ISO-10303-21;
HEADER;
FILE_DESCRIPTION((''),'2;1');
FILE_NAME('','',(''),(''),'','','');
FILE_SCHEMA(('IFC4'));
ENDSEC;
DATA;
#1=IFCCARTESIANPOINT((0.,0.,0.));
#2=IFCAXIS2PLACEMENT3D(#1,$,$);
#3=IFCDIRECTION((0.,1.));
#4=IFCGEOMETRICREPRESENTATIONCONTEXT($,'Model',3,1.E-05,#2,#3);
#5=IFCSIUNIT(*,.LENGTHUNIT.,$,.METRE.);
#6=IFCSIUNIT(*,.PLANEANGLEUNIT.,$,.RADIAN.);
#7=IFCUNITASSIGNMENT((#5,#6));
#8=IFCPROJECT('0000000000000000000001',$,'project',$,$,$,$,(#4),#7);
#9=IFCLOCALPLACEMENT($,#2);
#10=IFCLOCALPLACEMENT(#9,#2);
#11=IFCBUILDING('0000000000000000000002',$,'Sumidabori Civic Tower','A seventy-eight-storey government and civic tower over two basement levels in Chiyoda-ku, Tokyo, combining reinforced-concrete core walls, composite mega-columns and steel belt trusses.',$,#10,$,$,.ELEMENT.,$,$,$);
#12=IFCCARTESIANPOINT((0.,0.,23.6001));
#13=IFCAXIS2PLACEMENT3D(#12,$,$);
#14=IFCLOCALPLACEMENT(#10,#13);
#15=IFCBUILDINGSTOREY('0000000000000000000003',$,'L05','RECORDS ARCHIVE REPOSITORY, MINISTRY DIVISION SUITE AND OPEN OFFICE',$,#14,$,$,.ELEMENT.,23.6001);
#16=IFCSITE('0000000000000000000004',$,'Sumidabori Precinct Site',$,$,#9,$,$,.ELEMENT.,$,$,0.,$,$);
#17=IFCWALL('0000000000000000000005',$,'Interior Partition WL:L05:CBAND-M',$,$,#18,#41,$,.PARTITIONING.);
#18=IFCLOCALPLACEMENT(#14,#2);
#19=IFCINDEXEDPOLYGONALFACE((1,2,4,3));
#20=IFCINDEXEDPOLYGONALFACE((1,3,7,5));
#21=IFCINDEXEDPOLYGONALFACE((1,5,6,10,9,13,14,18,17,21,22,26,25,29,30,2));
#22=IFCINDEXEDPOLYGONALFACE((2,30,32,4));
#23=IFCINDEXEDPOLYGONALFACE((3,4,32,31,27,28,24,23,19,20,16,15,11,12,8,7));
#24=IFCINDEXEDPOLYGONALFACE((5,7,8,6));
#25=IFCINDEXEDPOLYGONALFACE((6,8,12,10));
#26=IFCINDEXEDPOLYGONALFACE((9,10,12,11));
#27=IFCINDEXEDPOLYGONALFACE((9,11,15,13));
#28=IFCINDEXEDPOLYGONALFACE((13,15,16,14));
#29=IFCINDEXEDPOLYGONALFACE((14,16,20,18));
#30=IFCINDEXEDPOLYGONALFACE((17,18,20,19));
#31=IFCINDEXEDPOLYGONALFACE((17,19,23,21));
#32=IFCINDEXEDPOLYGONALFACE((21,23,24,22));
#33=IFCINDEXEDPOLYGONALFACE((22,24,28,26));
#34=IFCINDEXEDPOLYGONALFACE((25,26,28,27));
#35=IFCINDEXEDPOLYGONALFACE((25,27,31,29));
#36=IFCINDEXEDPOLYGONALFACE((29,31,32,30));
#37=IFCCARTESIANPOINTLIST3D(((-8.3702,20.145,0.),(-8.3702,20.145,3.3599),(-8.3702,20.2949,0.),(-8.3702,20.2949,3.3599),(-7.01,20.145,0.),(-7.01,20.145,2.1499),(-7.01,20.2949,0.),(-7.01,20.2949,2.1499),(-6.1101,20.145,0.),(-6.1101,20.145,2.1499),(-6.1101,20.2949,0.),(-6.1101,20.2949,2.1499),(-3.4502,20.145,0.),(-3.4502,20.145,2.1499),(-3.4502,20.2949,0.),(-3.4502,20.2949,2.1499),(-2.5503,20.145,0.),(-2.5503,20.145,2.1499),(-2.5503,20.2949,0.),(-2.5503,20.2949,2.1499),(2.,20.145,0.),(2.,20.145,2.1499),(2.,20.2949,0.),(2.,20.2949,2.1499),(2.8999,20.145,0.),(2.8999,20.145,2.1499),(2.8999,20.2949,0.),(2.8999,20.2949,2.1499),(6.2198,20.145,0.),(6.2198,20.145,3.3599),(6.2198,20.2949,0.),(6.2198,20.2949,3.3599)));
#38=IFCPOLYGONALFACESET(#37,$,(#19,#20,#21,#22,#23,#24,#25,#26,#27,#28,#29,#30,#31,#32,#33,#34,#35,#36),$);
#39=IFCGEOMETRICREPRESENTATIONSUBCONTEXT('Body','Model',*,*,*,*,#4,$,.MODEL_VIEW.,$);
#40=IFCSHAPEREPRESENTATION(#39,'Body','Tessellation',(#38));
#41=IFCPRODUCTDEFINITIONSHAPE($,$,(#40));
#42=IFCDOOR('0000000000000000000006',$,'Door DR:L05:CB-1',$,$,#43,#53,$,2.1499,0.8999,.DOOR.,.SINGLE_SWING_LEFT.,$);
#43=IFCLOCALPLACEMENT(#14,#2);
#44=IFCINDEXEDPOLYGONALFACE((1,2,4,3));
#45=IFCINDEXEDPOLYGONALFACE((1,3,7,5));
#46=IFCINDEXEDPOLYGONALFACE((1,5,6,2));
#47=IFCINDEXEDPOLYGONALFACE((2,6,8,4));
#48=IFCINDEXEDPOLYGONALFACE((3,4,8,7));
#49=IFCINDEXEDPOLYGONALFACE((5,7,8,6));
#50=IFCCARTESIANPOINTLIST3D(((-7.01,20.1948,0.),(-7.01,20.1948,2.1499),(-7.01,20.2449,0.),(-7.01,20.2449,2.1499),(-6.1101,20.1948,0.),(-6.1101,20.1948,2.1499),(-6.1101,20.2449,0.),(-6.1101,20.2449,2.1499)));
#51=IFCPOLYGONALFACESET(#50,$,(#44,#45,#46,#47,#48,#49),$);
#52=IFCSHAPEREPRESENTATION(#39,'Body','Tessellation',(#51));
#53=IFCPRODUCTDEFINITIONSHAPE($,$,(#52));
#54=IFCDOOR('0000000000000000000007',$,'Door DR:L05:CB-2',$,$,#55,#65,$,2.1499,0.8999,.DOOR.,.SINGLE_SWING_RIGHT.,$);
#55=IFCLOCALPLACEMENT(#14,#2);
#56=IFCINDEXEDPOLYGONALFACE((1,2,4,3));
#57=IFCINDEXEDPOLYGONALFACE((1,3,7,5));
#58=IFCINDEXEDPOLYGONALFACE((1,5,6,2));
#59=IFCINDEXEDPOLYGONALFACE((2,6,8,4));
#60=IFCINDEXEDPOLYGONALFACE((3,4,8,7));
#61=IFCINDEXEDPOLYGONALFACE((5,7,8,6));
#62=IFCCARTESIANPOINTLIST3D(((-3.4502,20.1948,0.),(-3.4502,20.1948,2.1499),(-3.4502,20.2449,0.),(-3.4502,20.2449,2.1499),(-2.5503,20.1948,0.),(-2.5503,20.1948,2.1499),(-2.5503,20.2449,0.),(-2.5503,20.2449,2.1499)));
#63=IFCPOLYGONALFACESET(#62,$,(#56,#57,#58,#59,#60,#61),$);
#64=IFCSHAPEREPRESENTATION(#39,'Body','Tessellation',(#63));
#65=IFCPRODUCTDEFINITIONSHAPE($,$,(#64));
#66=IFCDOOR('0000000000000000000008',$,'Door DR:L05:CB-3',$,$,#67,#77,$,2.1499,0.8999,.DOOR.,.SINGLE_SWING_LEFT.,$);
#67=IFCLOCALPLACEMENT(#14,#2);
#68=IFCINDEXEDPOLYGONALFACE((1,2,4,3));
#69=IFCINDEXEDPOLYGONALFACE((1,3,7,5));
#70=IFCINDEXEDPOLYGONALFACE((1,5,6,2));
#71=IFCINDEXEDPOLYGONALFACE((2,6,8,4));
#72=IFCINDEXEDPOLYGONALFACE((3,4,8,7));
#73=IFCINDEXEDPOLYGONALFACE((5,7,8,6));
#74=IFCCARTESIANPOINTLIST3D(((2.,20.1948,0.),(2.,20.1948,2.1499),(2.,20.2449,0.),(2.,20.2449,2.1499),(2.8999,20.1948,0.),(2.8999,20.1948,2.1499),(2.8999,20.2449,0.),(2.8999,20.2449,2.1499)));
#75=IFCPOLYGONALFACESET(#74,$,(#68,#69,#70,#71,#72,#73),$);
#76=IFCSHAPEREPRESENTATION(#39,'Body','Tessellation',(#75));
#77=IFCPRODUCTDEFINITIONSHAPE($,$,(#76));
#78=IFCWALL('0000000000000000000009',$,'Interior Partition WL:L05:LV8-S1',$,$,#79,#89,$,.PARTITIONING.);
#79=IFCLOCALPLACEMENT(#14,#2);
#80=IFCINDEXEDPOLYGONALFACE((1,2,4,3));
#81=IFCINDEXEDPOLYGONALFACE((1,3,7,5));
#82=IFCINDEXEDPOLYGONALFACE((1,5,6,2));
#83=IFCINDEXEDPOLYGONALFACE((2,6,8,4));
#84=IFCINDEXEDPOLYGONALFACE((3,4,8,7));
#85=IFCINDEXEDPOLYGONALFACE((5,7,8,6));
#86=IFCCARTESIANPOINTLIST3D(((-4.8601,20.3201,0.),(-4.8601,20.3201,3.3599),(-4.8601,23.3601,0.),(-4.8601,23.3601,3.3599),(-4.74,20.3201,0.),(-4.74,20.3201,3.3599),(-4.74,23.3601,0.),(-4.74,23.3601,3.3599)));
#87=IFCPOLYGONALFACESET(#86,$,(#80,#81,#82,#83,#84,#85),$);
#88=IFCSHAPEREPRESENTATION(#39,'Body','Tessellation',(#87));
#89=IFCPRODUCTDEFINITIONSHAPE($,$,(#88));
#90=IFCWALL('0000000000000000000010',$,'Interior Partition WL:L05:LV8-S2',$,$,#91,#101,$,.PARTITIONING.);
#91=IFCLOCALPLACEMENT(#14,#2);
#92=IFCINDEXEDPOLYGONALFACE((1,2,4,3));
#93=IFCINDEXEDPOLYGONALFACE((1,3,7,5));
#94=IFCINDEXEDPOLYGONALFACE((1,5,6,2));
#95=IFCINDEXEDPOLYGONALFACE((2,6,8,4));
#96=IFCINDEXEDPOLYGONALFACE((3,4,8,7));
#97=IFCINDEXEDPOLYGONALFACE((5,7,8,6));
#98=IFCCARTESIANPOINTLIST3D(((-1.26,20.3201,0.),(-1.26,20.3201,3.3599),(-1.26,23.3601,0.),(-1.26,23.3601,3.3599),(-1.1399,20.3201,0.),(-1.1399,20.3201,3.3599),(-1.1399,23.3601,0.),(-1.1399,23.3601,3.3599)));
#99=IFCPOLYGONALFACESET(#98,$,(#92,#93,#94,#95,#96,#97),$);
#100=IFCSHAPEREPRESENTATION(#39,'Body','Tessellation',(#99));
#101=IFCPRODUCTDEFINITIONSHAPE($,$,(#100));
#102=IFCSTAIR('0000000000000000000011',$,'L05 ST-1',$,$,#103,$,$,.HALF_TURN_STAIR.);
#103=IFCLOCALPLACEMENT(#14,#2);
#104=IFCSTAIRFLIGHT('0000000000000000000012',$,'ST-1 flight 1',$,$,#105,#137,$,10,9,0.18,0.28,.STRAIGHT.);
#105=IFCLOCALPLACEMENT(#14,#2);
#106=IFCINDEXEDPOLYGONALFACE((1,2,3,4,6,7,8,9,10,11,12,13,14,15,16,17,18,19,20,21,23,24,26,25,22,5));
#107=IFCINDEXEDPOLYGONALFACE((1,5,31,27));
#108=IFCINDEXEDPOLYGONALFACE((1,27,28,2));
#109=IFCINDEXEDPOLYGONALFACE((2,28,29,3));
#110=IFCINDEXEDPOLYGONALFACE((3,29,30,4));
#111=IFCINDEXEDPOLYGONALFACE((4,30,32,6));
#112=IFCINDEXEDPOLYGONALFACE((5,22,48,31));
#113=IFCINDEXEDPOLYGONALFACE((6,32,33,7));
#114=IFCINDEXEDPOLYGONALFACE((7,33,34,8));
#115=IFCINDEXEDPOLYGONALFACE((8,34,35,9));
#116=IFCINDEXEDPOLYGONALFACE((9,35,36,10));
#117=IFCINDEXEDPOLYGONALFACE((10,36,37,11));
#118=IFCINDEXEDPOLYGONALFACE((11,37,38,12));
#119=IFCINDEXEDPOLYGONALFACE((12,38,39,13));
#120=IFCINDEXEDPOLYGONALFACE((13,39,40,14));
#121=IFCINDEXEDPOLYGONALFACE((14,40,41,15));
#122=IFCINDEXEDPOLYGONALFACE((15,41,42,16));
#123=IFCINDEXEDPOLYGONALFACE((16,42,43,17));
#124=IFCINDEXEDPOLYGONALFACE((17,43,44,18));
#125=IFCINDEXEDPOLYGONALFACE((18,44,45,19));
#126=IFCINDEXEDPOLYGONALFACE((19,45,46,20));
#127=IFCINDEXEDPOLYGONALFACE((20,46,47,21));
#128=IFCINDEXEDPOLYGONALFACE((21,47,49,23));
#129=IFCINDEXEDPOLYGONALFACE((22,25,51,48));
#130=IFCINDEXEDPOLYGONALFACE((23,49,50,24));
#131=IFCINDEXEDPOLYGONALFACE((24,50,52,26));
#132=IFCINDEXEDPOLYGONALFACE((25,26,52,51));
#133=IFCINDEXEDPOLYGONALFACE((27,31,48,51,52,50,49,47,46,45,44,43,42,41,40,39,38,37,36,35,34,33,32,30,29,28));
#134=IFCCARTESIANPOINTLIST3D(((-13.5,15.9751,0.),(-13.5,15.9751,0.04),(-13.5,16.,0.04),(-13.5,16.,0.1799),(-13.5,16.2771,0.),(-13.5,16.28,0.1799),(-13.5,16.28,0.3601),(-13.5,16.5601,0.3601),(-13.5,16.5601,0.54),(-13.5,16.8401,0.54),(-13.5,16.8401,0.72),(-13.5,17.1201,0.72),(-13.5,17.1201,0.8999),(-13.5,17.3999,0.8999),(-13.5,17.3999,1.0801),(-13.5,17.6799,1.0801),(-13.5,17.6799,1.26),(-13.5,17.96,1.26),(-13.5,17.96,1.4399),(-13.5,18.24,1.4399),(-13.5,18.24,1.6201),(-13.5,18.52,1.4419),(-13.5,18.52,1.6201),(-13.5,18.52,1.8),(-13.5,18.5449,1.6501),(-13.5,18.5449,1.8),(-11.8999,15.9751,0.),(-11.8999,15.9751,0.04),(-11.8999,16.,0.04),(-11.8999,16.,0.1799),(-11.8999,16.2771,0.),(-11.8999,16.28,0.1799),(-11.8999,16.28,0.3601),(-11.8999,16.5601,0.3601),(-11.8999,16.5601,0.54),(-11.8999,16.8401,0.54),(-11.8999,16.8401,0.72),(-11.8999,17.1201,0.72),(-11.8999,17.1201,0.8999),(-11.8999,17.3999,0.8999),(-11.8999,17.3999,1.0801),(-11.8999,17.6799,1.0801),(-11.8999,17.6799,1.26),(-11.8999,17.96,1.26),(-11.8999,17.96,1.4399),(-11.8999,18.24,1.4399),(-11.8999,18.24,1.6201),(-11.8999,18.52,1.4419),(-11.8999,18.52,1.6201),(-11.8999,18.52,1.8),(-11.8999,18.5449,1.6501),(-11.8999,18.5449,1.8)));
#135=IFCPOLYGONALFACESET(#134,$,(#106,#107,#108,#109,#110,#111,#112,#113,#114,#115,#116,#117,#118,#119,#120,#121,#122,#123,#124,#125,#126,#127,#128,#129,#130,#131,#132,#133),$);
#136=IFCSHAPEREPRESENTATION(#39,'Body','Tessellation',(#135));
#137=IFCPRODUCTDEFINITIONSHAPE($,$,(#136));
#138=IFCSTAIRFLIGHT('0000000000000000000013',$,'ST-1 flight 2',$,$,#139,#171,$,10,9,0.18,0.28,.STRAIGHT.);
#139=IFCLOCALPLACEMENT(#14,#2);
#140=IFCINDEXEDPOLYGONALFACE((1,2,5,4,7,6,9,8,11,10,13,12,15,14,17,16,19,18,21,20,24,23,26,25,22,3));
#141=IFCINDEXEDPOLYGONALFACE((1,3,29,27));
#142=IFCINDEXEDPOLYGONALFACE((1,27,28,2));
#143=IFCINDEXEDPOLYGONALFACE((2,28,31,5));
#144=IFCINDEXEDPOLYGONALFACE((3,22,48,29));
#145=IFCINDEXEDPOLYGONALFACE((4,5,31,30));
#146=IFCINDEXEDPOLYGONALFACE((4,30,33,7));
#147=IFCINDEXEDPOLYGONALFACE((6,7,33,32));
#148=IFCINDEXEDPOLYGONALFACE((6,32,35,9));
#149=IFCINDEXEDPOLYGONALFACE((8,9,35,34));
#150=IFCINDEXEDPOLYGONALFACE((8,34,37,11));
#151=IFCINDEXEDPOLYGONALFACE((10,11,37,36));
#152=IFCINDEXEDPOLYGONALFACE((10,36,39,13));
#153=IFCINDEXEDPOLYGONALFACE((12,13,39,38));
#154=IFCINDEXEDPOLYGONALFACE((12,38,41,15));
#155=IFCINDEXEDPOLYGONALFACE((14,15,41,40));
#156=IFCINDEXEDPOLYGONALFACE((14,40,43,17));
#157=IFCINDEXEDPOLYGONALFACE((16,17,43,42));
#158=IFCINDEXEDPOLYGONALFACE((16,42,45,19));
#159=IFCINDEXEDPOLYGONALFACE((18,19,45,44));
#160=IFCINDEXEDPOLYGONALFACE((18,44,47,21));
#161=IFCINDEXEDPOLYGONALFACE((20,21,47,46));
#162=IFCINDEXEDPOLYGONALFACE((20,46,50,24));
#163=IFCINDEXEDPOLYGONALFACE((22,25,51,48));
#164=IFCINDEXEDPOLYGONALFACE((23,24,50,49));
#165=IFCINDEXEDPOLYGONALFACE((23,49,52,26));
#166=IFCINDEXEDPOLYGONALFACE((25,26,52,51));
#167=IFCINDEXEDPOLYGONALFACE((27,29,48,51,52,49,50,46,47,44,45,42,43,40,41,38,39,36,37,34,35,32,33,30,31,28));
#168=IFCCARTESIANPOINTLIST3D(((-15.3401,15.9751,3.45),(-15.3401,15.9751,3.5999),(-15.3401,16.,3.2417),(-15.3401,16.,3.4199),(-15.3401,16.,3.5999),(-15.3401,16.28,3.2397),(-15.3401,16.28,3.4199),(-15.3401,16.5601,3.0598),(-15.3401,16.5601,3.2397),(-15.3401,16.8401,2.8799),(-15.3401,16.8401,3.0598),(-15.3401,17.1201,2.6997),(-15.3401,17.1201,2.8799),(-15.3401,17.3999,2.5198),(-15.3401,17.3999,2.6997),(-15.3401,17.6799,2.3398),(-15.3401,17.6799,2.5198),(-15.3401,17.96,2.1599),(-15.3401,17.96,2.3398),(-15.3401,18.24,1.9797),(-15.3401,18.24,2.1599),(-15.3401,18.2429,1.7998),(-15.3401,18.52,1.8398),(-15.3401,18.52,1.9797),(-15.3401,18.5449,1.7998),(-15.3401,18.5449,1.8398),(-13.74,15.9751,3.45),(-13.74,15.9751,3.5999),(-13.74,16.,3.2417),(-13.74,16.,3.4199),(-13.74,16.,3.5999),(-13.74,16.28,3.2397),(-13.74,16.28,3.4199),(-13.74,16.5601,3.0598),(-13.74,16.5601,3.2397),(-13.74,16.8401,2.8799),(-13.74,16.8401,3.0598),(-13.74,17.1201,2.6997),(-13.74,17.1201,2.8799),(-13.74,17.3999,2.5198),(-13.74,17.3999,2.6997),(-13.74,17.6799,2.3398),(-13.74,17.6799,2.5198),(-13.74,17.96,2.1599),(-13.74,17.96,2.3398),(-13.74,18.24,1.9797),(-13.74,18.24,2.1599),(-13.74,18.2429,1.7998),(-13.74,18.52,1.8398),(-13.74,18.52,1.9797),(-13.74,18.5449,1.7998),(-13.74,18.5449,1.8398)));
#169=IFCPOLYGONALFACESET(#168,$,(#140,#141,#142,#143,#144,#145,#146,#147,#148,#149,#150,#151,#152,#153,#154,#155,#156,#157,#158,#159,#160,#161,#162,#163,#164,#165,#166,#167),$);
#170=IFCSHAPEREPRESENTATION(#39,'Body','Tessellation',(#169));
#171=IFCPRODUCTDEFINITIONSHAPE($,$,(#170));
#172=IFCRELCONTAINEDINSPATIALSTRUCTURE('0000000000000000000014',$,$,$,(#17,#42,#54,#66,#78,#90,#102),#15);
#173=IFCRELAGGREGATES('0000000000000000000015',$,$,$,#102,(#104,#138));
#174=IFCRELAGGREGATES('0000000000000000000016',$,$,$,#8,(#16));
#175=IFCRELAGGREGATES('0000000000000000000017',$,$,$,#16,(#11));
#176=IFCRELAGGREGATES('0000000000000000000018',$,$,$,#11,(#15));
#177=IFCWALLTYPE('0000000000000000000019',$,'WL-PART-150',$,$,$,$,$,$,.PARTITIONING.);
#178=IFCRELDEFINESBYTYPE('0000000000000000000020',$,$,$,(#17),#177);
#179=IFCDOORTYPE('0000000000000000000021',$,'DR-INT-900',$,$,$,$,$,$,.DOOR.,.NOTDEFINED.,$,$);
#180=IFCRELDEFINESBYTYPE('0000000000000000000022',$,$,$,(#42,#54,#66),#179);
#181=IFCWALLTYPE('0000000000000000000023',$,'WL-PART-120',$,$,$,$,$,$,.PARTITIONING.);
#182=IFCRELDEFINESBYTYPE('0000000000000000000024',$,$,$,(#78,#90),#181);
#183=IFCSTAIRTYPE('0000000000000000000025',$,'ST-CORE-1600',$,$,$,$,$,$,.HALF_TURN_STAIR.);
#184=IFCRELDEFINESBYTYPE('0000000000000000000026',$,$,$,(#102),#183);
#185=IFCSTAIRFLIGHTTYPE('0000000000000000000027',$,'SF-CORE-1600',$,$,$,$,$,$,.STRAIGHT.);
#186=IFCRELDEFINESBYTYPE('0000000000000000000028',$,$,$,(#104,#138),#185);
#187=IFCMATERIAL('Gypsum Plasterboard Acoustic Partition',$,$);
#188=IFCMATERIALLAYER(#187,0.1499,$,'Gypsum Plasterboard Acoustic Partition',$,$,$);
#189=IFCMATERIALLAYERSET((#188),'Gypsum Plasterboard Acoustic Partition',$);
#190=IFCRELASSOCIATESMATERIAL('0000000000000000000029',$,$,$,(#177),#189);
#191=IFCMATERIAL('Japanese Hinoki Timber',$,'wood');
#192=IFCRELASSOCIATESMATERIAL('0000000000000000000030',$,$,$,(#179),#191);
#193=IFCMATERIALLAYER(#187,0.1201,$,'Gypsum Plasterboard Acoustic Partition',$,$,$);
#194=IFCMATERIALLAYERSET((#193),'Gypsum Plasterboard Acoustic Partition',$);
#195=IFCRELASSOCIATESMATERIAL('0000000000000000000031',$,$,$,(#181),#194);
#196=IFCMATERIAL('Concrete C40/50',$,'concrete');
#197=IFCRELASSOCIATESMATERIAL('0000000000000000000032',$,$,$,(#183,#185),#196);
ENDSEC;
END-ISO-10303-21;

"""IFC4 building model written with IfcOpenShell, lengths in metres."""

from ifc_helpers import new_model, si_unit, direction, frame, frame_2d, origin, place, context, subcontext, project, spatial, polyline, rectangle, outline, extrude, source, transform, mapped, material, layer, layer_set, type_object, element, fill, aggregate, save


model = new_model("IFC4")

# Units and contexts
model_context = context("Model", 3, precision=1e-05, world=origin(), true_north=direction((0.0, 1.0)))
body_context = subcontext(model_context, "Body", "Model", "MODEL_VIEW")
ifc_project = project(units=[si_unit("LENGTHUNIT", "METRE"), si_unit("PLANEANGLEUNIT", "RADIAN")], contexts=[model_context])

# Site, building, storey
site_placement = place(None, origin())
site = spatial("IfcSite", under=ifc_project, at=site_placement, Name="Sumidabori Precinct Site", CompositionType="ELEMENT", RefElevation=0.0)
building_placement = place(site_placement, origin())
building = spatial("IfcBuilding", under=site, at=building_placement, Name="Sumidabori Civic Tower", Description="A seventy-eight-storey government and civic tower over two basement levels in Chiyoda-ku, Tokyo, combining reinforced-concrete core walls, composite mega-columns and steel belt trusses.", CompositionType="ELEMENT")
storey_placement = place(building_placement, frame((0.0, 0.0, 23.6001)))
storey = spatial("IfcBuildingStorey", under=building, at=storey_placement, Name="L05", Description="RECORDS ARCHIVE REPOSITORY, MINISTRY DIVISION SUITE AND OPEN OFFICE", CompositionType="ELEMENT", Elevation=23.6001)

# Wall, openings, doors
ifc_material_1 = material(Name="Gypsum Plasterboard Acoustic Partition")
ifc_layer_1 = layer(ifc_material_1, 0.1499, Name="Gypsum Plasterboard Acoustic Partition")
ifc_layer_set_1 = layer_set([ifc_layer_1], Name="Gypsum Plasterboard Acoustic Partition")
wall_type_1 = type_object("IfcWallType", Name="WL-PART-150", PredefinedType="PARTITIONING", material=ifc_layer_set_1)
shared_shape_1 = source(origin(), body_context, "Body", "SweptSolid", [
    extrude(rectangle(XDim=14.5901, YDim=0.1499, at=frame_2d((7.2949, 0.0))), origin(), (0.0, 0.0, 1.0), 3.3599),
])
wall_1_placement = place(storey_placement, frame((-8.3701, 20.22, 0.0), z_axis=(0.0, 0.0, 1.0), x_axis=(1.0, 0.0, 0.0)))
wall_1 = element("IfcWall", 1, at=wall_1_placement, inside=storey, type_object=wall_type_1, Name="Interior Partition WL:L05:CBAND-M", PredefinedType="PARTITIONING", context=body_context, shape_type="MappedRepresentation", body=[
    mapped(shared_shape_1, transform((0.0, 0.0, 0.0), x_axis=(1.0, 0.0, 0.0), y_axis=(0.0, 1.0, 0.0), z_axis=(0.0, 0.0, 1.0), scale=1.0)),
])
opening_1_placement = place(wall_1_placement, frame((1.3601, 0.0, 0.0)))
opening_1 = element("IfcOpeningElement", 2, at=opening_1_placement, cuts=wall_1, PredefinedType="OPENING", context=body_context, shape_type="SweptSolid", body=[
    extrude(rectangle(XDim=0.8999, YDim=2.1499, at=frame_2d((0.45, 1.075))), frame((0.0, 0.0869, 0.0), z_axis=(0.0, -1.0, 0.0), x_axis=(1.0, 0.0, 0.0)), (0.0, 0.0, 1.0), 0.1738),
])
opening_2_placement = place(wall_1_placement, frame((4.9199, 0.0, 0.0)))
opening_2 = element("IfcOpeningElement", 3, at=opening_2_placement, cuts=wall_1, PredefinedType="OPENING", context=body_context, shape_type="SweptSolid", body=[
    extrude(rectangle(XDim=0.8999, YDim=2.1499, at=frame_2d((0.45, 1.075))), frame((0.0, 0.0869, 0.0), z_axis=(0.0, -1.0, 0.0), x_axis=(1.0, 0.0, 0.0)), (0.0, 0.0, 1.0), 0.1738),
])
opening_3_placement = place(wall_1_placement, frame((10.3701, 0.0, 0.0)))
opening_3 = element("IfcOpeningElement", 4, at=opening_3_placement, cuts=wall_1, PredefinedType="OPENING", context=body_context, shape_type="SweptSolid", body=[
    extrude(rectangle(XDim=0.8999, YDim=2.1499, at=frame_2d((0.45, 1.075))), frame((0.0, 0.0869, 0.0), z_axis=(0.0, -1.0, 0.0), x_axis=(1.0, 0.0, 0.0)), (0.0, 0.0, 1.0), 0.1738),
])
ifc_material_2 = material(Name="Japanese Hinoki Timber", Category="wood")
door_type = type_object("IfcDoorType", Name="DR-INT-900", OperationType="NOTDEFINED", PredefinedType="DOOR", material=ifc_material_2)
shared_shape_2 = source(origin(), body_context, "Body", "SweptSolid", [
    extrude(rectangle(XDim=0.8999, YDim=2.1499, at=frame_2d((0.45, 1.075))), frame((0.0, 0.0249, 0.0), z_axis=(0.0, -1.0, 0.0), x_axis=(1.0, 0.0, 0.0)), (0.0, 0.0, 1.0), 0.05),
])
door_1_placement = place(opening_1_placement, origin())
door_1 = element("IfcDoor", 5, at=door_1_placement, inside=storey, type_object=door_type, Name="Door DR:L05:CB-1", OperationType="SINGLE_SWING_LEFT", OverallHeight=2.1499, OverallWidth=0.8999, PredefinedType="DOOR", context=body_context, shape_type="MappedRepresentation", body=[
    mapped(shared_shape_2, transform((0.0, 0.0, 0.0), x_axis=(1.0, 0.0, 0.0), y_axis=(0.0, 1.0, 0.0), z_axis=(0.0, 0.0, 1.0), scale=1.0)),
])
fill(opening_1, door_1)
door_2_placement = place(opening_2_placement, origin())
door_2 = element("IfcDoor", 6, at=door_2_placement, inside=storey, type_object=door_type, Name="Door DR:L05:CB-2", OperationType="SINGLE_SWING_RIGHT", OverallHeight=2.1499, OverallWidth=0.8999, PredefinedType="DOOR", context=body_context, shape_type="MappedRepresentation", body=[
    mapped(shared_shape_2, transform((0.0, 0.0, 0.0), x_axis=(1.0, 0.0, 0.0), y_axis=(0.0, 1.0, 0.0), z_axis=(0.0, 0.0, 1.0), scale=1.0)),
])
fill(opening_2, door_2)
door_3_placement = place(opening_3_placement, origin())
door_3 = element("IfcDoor", 7, at=door_3_placement, inside=storey, type_object=door_type, Name="Door DR:L05:CB-3", OperationType="SINGLE_SWING_LEFT", OverallHeight=2.1499, OverallWidth=0.8999, PredefinedType="DOOR", context=body_context, shape_type="MappedRepresentation", body=[
    mapped(shared_shape_2, transform((0.0, 0.0, 0.0), x_axis=(1.0, 0.0, 0.0), y_axis=(0.0, 1.0, 0.0), z_axis=(0.0, 0.0, 1.0), scale=1.0)),
])
fill(opening_3, door_3)

# Walls
ifc_layer_2 = layer(ifc_material_1, 0.1201, Name="Gypsum Plasterboard Acoustic Partition")
ifc_layer_set_2 = layer_set([ifc_layer_2], Name="Gypsum Plasterboard Acoustic Partition")
wall_type_2 = type_object("IfcWallType", Name="WL-PART-120", PredefinedType="PARTITIONING", material=ifc_layer_set_2)
shared_shape_3 = source(origin(), body_context, "Body", "SweptSolid", [
    extrude(rectangle(XDim=3.04, YDim=0.1201, at=frame_2d((1.52, 0.0))), origin(), (0.0, 0.0, 1.0), 3.3599),
])
for number, where, z_axis, x_axis, name in (
    (8, (-4.8, 20.3201, 0.0), (0.0, 0.0, 1.0), (0.0, 1.0, 0.0), "Interior Partition WL:L05:LV8-S1"),
    (9, (-1.2, 20.3201, 0.0), (0.0, 0.0, 1.0), (0.0, 1.0, 0.0), "Interior Partition WL:L05:LV8-S2"),
):
    element("IfcWall", number, at=place(storey_placement, frame(where, z_axis=z_axis, x_axis=x_axis)), inside=storey, type_object=wall_type_2, Name=name, PredefinedType="PARTITIONING", context=body_context, shape_type="MappedRepresentation", body=[
        mapped(shared_shape_3, transform((0.0, 0.0, 0.0), x_axis=(1.0, 0.0, 0.0), y_axis=(0.0, 1.0, 0.0), z_axis=(0.0, 0.0, 1.0), scale=1.0)),
    ])

# Stair, stair flights
ifc_material_3 = material(Name="Concrete C40/50", Category="concrete")
stair_type = type_object("IfcStairType", Name="ST-CORE-1600", PredefinedType="HALF_TURN_STAIR", material=ifc_material_3)
stair_placement = place(storey_placement, origin())
stair = element("IfcStair", 10, at=stair_placement, inside=storey, type_object=stair_type, Name="L05 ST-1", PredefinedType="HALF_TURN_STAIR")
stair_flight_type = type_object("IfcStairFlightType", Name="SF-CORE-1600", PredefinedType="STRAIGHT", material=ifc_material_3)
shared_shape_4 = source(origin(), body_context, "Body", "SweptSolid", [
    extrude(outline(polyline([(-0.0249, 0.0), (-0.0249, 0.04), (0.0, 0.04), (0.0, 0.1799), (0.28, 0.1799), (0.28, 0.3601), (0.5601, 0.3601), (0.5601, 0.54), (0.8401, 0.54), (0.8401, 0.72), (1.1201, 0.72), (1.1201, 0.8999), (1.3999, 0.8999), (1.3999, 1.0801), (1.6799, 1.0801), (1.6799, 1.26), (1.96, 1.26), (1.96, 1.4399), (2.24, 1.4399), (2.24, 1.6201), (2.52, 1.6201), (2.52, 1.8), (2.5449, 1.8), (2.5449, 1.6501), (2.52, 1.4419), (0.2771, 0.0), (-0.0249, 0.0)])), frame((0.0, 0.8, 0.0), z_axis=(0.0, -1.0, 0.0), x_axis=(1.0, 0.0, 0.0)), (0.0, 0.0, 1.0), 1.6001),
])
stair_flight_1_placement = place(storey_placement, frame((-12.7, 16.0, 0.0), z_axis=(0.0, 0.0, 1.0), x_axis=(0.0, 1.0, 0.0)))
stair_flight_1 = element("IfcStairFlight", 11, at=stair_flight_1_placement, type_object=stair_flight_type, Name="ST-1 flight 1", NumberOfRisers=10, NumberOfTreads=9, PredefinedType="STRAIGHT", RiserHeight=0.18, TreadLength=0.28, context=body_context, shape_type="MappedRepresentation", body=[
    mapped(shared_shape_4, transform((0.0, 0.0, 0.0), x_axis=(1.0, 0.0, 0.0), y_axis=(0.0, 1.0, 0.0), z_axis=(0.0, 0.0, 1.0), scale=1.0)),
])
stair_flight_2_placement = place(storey_placement, frame((-14.54, 18.52, 1.7998), z_axis=(0.0, 0.0, 1.0), x_axis=(0.0, -1.0, 0.0)))
stair_flight_2 = element("IfcStairFlight", 12, at=stair_flight_2_placement, type_object=stair_flight_type, Name="ST-1 flight 2", NumberOfRisers=10, NumberOfTreads=9, PredefinedType="STRAIGHT", RiserHeight=0.18, TreadLength=0.28, context=body_context, shape_type="MappedRepresentation", body=[
    mapped(shared_shape_4, transform((0.0, 0.0, 0.0), x_axis=(1.0, 0.0, 0.0), y_axis=(0.0, 1.0, 0.0), z_axis=(0.0, 0.0, 1.0), scale=1.0)),
])
aggregate(stair, [stair_flight_1, stair_flight_2])

save(model, "model.ifc")
